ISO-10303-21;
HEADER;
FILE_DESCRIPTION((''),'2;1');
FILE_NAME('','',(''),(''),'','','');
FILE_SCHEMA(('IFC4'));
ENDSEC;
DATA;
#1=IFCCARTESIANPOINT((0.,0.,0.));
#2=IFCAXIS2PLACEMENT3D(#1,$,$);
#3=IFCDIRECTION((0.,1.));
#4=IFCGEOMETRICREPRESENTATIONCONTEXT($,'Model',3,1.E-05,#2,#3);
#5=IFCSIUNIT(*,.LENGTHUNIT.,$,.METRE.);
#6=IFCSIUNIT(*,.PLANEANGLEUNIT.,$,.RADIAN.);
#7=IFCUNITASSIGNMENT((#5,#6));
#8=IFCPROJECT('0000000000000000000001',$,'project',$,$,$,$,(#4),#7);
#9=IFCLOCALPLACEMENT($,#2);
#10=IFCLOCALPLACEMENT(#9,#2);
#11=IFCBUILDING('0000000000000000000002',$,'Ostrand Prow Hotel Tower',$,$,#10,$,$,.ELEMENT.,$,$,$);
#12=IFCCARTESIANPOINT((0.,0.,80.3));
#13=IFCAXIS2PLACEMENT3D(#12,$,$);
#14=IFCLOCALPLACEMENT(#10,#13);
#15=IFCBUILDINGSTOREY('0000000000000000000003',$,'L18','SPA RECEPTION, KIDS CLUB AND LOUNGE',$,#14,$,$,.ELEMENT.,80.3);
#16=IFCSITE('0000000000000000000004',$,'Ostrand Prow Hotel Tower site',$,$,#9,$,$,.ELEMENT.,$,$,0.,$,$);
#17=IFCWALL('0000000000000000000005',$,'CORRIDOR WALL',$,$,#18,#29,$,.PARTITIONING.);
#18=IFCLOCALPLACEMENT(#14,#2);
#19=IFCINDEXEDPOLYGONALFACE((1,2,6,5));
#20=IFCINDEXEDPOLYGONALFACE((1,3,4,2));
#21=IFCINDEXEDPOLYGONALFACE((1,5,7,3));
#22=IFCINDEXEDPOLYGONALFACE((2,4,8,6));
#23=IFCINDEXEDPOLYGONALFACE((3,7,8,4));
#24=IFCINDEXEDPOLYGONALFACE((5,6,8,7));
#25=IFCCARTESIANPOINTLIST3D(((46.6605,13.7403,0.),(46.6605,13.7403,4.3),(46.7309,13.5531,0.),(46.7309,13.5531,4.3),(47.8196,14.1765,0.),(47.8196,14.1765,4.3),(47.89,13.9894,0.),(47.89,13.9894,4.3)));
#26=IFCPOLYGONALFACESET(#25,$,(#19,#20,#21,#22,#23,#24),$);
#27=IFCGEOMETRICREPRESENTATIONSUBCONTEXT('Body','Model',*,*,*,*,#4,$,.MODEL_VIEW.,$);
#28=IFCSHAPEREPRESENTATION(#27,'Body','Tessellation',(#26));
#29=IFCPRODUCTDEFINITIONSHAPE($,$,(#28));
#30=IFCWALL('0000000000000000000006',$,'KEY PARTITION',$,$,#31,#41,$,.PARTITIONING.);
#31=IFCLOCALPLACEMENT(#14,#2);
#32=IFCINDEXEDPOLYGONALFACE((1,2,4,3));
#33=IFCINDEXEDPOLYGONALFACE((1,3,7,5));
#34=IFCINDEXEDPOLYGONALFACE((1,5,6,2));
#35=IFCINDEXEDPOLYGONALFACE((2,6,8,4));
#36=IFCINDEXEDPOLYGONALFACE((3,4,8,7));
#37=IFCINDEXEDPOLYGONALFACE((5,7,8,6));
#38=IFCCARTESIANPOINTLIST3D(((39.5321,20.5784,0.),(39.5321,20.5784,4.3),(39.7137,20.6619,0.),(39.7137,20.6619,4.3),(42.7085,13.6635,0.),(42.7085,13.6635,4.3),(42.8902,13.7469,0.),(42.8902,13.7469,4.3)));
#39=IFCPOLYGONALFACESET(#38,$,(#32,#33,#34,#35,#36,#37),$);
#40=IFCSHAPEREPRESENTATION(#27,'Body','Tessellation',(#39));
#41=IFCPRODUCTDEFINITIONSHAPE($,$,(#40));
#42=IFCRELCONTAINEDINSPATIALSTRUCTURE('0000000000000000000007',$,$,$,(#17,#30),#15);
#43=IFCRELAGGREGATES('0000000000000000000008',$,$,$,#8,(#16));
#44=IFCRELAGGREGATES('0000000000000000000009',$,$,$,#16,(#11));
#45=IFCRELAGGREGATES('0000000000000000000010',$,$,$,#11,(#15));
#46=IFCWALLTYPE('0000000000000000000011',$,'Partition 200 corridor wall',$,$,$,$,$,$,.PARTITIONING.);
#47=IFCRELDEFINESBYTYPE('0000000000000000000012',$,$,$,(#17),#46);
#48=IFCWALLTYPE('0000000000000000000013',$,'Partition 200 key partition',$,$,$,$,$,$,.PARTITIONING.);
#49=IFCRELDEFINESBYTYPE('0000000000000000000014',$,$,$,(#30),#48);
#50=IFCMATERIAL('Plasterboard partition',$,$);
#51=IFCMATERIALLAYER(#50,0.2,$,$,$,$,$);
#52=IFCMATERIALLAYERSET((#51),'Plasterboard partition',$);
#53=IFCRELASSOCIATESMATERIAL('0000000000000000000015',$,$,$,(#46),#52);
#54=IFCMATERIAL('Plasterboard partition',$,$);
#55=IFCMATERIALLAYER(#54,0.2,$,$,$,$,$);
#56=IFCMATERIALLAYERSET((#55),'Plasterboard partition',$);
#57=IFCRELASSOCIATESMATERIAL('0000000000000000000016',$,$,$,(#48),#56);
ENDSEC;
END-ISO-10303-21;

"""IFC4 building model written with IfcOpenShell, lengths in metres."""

from ifc_helpers import new_model, si_unit, direction, frame, frame_2d, origin, place, context, subcontext, project, spatial, rectangle, extrude, material, layer, layer_set, type_object, element, save


model = new_model("IFC4")

# Units and contexts
model_context = context("Model", 3, precision=1e-05, world=origin(), true_north=direction((0.0, 1.0)))
body_context = subcontext(model_context, "Body", "Model", "MODEL_VIEW")
ifc_project = project(units=[si_unit("LENGTHUNIT", "METRE"), si_unit("PLANEANGLEUNIT", "RADIAN")], contexts=[model_context])

# Site, building, storey
site_placement = place(None, origin())
site = spatial("IfcSite", under=ifc_project, at=site_placement, Name="Ostrand Prow Hotel Tower site", CompositionType="ELEMENT", RefElevation=0.0)
building_placement = place(site_placement, origin())
building = spatial("IfcBuilding", under=site, at=building_placement, Name="Ostrand Prow Hotel Tower", CompositionType="ELEMENT")
storey_placement = place(building_placement, frame((0.0, 0.0, 80.3)))
storey = spatial("IfcBuildingStorey", under=building, at=storey_placement, Name="L18", Description="SPA RECEPTION, KIDS CLUB AND LOUNGE", CompositionType="ELEMENT", Elevation=80.3)

# Shared definitions
ifc_material_1 = material(Name="Plasterboard partition")
ifc_layer_1 = layer(ifc_material_1, 0.2)
ifc_layer_set_1 = layer_set([ifc_layer_1], Name="Plasterboard partition")
wall_type_1 = type_object("IfcWallType", Name="Partition 200 corridor wall", PredefinedType="PARTITIONING", material=ifc_layer_set_1)

# Walls
wall_1_placement = place(storey_placement, frame((46.6958, 13.6467, 0.0), z_axis=(0.0, 0.0, 1.0), x_axis=(0.935907, 0.352246, 0.0)))
element("IfcWall", 1, at=wall_1_placement, inside=storey, type_object=wall_type_1, Name="CORRIDOR WALL", PredefinedType="PARTITIONING", context=body_context, shape_type="SweptSolid", body=[
    extrude(rectangle(XDim=1.2385, YDim=0.2, at=frame_2d((0.6191, 0.0))), origin(), (0.0, 0.0, 1.0), 4.3),
])
ifc_material_2 = material(Name="Plasterboard partition")
ifc_layer_2 = layer(ifc_material_2, 0.2)
ifc_layer_set_2 = layer_set([ifc_layer_2], Name="Plasterboard partition")
wall_type_2 = type_object("IfcWallType", Name="Partition 200 key partition", PredefinedType="PARTITIONING", material=ifc_layer_set_2)
wall_2_placement = place(storey_placement, frame((42.7993, 13.7053, 0.0), z_axis=(0.0, 0.0, 1.0), x_axis=(-0.417428, 0.90871, 0.0)))
element("IfcWall", 2, at=wall_2_placement, inside=storey, type_object=wall_type_2, Name="KEY PARTITION", PredefinedType="PARTITIONING", context=body_context, shape_type="SweptSolid", body=[
    extrude(rectangle(XDim=7.6096, YDim=0.2, at=frame_2d((3.8047, 0.0))), origin(), (0.0, 0.0, 1.0), 4.3),
])

save(model, "model.ifc")
